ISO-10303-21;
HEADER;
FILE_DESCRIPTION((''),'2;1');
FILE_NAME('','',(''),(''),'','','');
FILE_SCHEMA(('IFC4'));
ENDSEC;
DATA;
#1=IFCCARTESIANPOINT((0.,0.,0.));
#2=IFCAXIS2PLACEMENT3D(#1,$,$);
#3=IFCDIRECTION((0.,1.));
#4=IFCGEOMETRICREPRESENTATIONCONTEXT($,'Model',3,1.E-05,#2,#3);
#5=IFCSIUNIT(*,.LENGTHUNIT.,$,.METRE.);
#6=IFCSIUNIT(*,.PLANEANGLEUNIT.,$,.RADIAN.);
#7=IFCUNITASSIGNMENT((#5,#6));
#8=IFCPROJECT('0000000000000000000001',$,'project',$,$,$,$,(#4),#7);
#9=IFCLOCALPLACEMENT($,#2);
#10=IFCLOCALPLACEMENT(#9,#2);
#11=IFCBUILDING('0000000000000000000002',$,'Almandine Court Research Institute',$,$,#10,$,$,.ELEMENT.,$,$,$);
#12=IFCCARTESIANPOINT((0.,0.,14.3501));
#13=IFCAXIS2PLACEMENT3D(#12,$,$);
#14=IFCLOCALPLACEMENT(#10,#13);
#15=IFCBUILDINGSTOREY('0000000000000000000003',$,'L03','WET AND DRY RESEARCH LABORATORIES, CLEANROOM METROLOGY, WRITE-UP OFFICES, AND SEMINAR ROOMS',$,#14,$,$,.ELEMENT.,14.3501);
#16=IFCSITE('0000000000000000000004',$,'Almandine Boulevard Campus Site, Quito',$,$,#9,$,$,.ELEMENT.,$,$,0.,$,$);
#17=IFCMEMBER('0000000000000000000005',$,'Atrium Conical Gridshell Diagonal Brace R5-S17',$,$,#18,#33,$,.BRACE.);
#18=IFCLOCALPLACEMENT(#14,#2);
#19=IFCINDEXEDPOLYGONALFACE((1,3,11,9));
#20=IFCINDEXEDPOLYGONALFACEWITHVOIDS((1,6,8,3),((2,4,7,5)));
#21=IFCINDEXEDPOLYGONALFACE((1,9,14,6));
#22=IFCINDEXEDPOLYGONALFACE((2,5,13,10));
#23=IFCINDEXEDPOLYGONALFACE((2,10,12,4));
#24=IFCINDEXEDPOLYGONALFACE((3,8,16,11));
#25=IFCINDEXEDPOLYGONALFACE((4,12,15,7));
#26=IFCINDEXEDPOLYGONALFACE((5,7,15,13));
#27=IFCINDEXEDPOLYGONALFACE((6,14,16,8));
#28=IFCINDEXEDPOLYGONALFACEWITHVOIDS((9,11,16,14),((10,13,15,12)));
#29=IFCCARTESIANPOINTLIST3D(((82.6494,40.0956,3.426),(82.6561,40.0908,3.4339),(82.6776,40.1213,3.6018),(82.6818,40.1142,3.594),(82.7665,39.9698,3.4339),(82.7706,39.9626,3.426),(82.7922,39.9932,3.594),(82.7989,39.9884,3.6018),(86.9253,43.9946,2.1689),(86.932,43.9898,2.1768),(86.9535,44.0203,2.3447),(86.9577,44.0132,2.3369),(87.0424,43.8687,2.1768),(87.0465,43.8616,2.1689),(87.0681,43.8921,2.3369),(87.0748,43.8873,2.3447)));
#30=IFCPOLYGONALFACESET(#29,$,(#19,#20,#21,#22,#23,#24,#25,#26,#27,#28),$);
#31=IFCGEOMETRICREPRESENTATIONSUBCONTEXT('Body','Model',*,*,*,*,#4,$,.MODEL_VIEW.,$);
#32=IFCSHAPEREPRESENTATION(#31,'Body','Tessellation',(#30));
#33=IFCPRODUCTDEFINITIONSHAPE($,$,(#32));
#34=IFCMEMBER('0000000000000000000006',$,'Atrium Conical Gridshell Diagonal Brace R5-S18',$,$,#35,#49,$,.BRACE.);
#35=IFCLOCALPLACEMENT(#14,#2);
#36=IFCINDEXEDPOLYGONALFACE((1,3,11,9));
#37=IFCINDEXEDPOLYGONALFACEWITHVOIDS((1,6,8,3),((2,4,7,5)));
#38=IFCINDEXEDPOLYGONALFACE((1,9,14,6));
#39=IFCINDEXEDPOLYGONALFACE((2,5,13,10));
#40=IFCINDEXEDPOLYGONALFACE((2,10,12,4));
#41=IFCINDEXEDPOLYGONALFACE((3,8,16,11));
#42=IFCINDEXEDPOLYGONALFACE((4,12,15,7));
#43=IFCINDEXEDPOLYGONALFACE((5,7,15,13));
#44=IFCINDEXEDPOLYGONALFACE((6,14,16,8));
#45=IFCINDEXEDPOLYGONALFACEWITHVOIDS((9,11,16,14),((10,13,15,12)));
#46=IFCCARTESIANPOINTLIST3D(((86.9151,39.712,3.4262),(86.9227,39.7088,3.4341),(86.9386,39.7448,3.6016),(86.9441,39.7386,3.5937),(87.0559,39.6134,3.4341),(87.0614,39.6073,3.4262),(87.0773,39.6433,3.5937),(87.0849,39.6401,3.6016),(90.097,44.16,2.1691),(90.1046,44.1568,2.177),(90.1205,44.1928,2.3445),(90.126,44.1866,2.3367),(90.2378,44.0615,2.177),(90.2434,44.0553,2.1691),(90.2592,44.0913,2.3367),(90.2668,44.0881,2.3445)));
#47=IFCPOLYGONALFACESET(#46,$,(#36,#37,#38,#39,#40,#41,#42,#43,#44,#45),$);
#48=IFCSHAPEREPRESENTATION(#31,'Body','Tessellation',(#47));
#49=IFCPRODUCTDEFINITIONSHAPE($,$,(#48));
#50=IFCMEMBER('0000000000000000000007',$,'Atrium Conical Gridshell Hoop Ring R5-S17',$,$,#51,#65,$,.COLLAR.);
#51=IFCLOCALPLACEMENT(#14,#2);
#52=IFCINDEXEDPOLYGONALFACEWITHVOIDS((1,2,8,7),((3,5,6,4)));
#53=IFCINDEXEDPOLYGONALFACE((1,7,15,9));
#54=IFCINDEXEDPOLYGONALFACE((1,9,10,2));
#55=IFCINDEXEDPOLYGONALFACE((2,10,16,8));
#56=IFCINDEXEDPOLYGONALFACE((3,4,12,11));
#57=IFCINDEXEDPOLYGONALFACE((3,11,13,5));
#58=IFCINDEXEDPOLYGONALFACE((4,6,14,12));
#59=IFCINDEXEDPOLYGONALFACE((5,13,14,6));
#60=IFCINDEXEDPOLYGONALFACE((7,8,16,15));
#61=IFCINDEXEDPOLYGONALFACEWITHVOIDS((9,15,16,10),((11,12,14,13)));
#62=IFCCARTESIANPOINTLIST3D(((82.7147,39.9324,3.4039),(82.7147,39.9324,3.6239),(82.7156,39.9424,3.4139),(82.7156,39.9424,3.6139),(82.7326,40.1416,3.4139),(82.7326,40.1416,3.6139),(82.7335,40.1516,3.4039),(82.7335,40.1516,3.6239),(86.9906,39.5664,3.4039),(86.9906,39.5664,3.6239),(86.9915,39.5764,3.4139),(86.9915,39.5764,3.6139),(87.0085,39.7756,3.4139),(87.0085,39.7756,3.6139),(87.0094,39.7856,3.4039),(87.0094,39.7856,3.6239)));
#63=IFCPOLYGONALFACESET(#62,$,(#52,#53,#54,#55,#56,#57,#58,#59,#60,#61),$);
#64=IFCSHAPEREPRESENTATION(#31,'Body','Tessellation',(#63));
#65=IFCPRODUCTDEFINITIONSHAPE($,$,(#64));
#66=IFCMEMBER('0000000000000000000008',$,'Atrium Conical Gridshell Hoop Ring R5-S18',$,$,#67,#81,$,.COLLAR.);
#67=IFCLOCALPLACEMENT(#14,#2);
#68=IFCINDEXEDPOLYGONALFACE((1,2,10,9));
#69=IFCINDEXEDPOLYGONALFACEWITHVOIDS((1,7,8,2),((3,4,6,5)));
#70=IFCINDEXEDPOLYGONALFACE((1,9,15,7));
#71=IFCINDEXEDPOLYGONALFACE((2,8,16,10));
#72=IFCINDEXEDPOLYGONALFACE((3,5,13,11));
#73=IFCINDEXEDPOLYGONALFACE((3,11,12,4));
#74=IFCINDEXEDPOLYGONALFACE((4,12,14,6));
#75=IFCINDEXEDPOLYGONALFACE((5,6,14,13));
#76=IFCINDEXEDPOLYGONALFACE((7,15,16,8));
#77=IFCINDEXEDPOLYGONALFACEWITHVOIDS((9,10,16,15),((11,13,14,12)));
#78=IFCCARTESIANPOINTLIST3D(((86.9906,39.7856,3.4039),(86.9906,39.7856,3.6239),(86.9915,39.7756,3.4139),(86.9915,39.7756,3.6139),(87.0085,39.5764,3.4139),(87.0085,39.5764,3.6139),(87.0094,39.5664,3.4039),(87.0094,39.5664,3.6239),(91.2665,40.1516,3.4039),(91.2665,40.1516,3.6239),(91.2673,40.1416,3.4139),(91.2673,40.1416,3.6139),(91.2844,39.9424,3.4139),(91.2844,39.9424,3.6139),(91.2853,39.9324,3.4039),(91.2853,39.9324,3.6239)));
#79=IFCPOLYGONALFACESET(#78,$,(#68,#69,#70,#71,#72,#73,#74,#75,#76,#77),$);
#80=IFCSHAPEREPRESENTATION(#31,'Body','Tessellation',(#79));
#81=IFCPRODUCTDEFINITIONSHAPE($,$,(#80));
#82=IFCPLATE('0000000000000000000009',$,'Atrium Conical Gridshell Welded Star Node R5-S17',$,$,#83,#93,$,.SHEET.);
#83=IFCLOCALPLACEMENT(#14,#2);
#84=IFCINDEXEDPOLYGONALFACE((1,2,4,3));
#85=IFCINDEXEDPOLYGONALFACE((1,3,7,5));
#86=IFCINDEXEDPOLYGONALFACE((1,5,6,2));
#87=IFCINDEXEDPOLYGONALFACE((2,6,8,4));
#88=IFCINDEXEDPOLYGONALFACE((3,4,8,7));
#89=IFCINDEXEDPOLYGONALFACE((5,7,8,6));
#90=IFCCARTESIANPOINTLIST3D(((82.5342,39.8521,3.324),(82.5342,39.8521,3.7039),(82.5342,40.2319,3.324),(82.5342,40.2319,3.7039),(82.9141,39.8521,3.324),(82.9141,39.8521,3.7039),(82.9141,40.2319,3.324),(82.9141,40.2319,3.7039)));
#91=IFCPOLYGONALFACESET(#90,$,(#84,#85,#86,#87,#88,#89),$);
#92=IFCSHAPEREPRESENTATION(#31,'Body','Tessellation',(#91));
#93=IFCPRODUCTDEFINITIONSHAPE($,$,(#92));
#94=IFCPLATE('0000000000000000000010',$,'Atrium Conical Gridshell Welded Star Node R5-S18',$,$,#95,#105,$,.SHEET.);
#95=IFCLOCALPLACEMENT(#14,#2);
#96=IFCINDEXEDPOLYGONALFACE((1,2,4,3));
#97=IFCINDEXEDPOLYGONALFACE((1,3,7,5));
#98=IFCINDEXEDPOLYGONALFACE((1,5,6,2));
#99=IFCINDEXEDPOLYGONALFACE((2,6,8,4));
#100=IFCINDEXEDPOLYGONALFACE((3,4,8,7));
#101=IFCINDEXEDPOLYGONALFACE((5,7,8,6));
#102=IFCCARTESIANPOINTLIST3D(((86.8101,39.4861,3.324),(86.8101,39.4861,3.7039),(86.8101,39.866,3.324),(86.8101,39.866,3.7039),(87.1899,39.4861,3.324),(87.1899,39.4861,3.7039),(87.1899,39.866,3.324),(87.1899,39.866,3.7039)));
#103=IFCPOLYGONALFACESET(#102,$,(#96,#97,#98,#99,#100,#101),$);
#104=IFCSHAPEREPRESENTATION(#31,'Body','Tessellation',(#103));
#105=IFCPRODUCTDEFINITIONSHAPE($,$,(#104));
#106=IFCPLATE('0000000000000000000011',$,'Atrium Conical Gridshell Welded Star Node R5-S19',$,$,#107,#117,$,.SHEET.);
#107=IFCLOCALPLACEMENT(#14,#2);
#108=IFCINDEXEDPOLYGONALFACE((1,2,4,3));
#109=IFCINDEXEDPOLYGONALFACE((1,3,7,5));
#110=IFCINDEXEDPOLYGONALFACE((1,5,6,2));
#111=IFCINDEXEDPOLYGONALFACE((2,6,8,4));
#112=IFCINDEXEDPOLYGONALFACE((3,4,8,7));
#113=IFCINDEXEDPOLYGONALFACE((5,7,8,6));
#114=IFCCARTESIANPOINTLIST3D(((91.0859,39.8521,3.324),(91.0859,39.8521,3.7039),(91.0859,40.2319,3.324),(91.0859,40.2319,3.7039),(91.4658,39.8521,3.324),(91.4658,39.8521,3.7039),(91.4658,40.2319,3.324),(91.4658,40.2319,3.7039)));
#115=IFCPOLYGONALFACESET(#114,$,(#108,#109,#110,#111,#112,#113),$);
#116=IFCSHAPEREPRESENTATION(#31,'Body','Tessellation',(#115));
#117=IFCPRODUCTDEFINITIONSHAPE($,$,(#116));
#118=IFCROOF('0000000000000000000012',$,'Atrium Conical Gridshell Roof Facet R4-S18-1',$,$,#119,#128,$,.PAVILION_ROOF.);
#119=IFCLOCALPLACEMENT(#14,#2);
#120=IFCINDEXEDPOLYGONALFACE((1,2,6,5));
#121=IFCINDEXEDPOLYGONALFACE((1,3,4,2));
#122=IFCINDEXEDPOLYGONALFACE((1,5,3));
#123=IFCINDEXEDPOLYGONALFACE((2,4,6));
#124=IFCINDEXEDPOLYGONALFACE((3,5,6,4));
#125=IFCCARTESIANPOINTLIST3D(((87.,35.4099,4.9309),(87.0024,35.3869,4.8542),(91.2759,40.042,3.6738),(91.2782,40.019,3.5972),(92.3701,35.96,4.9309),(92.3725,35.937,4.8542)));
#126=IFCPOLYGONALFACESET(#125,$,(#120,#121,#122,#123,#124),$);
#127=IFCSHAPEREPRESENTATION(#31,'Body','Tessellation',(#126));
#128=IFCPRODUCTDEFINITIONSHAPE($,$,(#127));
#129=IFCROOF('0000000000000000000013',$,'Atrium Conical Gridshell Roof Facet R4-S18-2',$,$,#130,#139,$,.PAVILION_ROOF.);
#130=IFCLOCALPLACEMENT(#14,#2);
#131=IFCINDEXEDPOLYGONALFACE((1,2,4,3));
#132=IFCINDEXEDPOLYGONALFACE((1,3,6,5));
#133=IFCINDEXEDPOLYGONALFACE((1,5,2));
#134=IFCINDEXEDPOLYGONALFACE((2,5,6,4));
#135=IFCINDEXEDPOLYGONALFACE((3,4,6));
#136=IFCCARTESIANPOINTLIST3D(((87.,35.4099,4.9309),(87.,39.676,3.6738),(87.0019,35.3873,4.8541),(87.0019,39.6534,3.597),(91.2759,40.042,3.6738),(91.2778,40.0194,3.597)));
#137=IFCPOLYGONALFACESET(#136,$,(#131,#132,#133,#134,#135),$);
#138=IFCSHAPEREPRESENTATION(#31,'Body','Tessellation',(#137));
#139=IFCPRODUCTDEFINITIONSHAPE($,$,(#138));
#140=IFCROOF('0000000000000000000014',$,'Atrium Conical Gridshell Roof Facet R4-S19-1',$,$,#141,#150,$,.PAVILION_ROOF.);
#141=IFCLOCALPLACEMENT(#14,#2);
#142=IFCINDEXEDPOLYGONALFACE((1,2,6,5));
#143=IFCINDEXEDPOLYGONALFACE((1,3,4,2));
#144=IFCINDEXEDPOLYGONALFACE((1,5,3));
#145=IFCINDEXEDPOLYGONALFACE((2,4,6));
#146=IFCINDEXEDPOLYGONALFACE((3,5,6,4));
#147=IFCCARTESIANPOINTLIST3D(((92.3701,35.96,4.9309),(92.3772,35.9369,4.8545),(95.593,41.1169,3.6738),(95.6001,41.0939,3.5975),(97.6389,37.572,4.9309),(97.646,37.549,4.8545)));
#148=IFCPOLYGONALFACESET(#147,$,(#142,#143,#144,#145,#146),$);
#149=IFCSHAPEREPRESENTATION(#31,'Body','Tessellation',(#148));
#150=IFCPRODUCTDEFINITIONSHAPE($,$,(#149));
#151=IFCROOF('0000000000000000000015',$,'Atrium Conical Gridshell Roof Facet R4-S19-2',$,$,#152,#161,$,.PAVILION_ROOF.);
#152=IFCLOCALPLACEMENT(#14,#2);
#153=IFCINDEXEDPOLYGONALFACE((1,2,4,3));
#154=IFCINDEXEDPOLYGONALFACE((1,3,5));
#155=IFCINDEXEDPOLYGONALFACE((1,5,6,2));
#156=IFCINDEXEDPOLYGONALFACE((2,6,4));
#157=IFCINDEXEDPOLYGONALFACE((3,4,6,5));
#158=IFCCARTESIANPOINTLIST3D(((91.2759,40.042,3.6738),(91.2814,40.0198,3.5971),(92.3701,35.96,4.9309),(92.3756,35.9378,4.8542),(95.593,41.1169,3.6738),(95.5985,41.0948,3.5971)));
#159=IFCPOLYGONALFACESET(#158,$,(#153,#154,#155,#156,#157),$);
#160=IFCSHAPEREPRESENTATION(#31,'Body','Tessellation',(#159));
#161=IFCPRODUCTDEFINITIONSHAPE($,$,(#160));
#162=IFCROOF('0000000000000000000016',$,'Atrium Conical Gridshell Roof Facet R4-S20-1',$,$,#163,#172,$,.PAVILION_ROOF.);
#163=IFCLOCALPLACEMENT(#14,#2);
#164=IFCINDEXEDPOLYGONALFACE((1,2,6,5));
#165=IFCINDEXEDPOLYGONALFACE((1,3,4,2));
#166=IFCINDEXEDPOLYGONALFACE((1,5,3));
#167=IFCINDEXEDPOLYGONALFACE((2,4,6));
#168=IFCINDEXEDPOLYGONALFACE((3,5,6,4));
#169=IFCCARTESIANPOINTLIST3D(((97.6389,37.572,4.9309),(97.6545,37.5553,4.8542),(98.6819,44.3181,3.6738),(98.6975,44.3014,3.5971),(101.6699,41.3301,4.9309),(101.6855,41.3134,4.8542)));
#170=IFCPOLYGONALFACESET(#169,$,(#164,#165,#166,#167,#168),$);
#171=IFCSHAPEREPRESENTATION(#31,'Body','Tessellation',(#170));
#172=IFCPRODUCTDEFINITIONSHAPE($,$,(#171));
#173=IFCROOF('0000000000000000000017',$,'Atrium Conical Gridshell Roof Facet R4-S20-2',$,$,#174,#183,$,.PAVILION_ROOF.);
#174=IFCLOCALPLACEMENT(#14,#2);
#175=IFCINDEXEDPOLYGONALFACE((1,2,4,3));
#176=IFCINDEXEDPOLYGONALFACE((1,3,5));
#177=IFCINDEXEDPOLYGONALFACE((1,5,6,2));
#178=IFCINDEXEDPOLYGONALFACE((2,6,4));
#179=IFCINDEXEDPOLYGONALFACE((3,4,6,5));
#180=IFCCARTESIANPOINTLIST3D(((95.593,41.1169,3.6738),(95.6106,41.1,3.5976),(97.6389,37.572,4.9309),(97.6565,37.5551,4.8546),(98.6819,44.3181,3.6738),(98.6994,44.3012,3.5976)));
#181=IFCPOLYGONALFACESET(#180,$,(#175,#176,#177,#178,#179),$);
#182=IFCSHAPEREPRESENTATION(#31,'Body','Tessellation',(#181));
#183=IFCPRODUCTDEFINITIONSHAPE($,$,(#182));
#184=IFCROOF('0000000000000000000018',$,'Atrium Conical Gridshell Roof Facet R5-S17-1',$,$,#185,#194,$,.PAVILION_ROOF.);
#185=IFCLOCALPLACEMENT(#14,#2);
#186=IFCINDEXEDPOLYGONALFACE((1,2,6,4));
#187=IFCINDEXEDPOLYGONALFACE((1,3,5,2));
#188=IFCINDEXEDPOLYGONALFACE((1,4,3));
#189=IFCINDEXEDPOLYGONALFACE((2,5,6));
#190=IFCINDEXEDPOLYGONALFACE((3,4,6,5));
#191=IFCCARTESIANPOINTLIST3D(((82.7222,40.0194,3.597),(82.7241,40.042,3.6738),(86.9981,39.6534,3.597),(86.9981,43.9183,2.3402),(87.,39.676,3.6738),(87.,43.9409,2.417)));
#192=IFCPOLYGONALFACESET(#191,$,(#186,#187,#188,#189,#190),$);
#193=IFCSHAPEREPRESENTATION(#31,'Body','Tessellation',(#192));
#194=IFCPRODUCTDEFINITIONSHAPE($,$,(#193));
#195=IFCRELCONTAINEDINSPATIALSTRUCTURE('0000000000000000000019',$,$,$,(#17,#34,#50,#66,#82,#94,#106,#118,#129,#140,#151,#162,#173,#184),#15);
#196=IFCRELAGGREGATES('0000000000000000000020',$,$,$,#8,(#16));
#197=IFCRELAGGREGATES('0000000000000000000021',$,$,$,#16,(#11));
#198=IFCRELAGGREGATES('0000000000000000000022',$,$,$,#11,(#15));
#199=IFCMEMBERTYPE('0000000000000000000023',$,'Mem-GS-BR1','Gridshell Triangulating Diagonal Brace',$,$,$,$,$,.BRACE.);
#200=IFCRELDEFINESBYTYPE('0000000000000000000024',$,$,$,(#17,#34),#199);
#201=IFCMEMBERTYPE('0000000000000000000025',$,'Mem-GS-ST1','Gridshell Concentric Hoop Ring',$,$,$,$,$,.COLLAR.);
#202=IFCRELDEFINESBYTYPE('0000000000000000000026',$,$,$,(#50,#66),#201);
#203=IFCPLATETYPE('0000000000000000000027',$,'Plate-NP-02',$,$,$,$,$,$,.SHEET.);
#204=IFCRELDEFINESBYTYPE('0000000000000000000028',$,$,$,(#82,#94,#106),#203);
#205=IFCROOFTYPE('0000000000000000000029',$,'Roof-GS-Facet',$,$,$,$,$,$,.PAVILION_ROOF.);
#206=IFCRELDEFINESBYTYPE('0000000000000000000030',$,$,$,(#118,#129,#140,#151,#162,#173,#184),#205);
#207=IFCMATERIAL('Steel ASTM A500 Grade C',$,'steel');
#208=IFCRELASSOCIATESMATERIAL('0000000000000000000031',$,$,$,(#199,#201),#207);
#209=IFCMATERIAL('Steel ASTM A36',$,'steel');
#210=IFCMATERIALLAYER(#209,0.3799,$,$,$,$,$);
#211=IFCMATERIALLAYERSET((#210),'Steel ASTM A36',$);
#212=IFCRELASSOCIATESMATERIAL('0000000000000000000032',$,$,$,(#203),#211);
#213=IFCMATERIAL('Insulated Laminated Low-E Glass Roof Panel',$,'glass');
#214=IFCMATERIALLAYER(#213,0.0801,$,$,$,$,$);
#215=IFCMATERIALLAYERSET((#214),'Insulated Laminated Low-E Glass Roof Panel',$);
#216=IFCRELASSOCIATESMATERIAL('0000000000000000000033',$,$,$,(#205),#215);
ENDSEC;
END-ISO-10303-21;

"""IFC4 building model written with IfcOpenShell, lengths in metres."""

from ifc_helpers import new_model, si_unit, direction, frame, origin, origin_2d, place, context, subcontext, project, spatial, polyline, rectangle, hollow_rectangle, outline, extrude, material, layer, layer_set, material_profile, profile_set, type_object, element, save


model = new_model("IFC4")

# Units and contexts
model_context = context("Model", 3, precision=1e-05, world=origin(), true_north=direction((0.0, 1.0)))
body_context = subcontext(model_context, "Body", "Model", "MODEL_VIEW")
ifc_project = project(units=[si_unit("LENGTHUNIT", "METRE"), si_unit("PLANEANGLEUNIT", "RADIAN")], contexts=[model_context])

# Site, building, storey
site_placement = place(None, origin())
site = spatial("IfcSite", under=ifc_project, at=site_placement, Name="Almandine Boulevard Campus Site, Quito", CompositionType="ELEMENT", RefElevation=0.0)
building_placement = place(site_placement, origin())
building = spatial("IfcBuilding", under=site, at=building_placement, Name="Almandine Court Research Institute", CompositionType="ELEMENT")
storey_placement = place(building_placement, frame((0.0, 0.0, 14.3501)))
storey = spatial("IfcBuildingStorey", under=building, at=storey_placement, Name="L03", Description="WET AND DRY RESEARCH LABORATORIES, CLEANROOM METROLOGY, WRITE-UP OFFICES, AND SEMINAR ROOMS", CompositionType="ELEMENT", Elevation=14.3501)

# Members
ifc_material_1 = material(Name="Steel ASTM A500 Grade C", Category="steel")
ifc_material_profile_1 = material_profile(ifc_material_1, hollow_rectangle(XDim=0.1799, YDim=0.1799, WallThickness=0.0081, at=origin_2d()), Name="HSS 180x180x8")
ifc_profile_set_1 = profile_set([ifc_material_profile_1], Name="Steel ASTM A500 Grade C")
member_type_1 = type_object("IfcMemberType", Name="Mem-GS-BR1", Description="Gridshell Triangulating Diagonal Brace", PredefinedType="BRACE", material=ifc_profile_set_1)
member_1_placement = place(storey_placement, frame((82.7241, 40.042, 3.5139), z_axis=(0.722085, 0.658428, -0.212288), x_axis=(-0.673785, 0.738927, 0.0)))
element("IfcMember", 1, at=member_1_placement, inside=storey, type_object=member_type_1, Name="Atrium Conical Gridshell Diagonal Brace R5-S17", PredefinedType="BRACE", context=body_context, shape_type="SweptSolid", body=[
    extrude(hollow_rectangle(XDim=0.1799, YDim=0.1799, WallThickness=0.0081, at=origin_2d()), origin(), (0.0, 0.0, 1.0), 5.9216),
])
member_2_placement = place(storey_placement, frame((87.0, 39.676, 3.5139), z_axis=(0.567026, 0.792653, -0.224017), x_axis=(-0.813323, 0.581812, 0.0)))
element("IfcMember", 2, at=member_2_placement, inside=storey, type_object=member_type_1, Name="Atrium Conical Gridshell Diagonal Brace R5-S18", PredefinedType="BRACE", context=body_context, shape_type="SweptSolid", body=[
    extrude(hollow_rectangle(XDim=0.1799, YDim=0.1799, WallThickness=0.0081, at=origin_2d()), origin(), (0.0, 0.0, 1.0), 5.6116),
])
ifc_material_profile_2 = material_profile(ifc_material_1, hollow_rectangle(XDim=0.22, YDim=0.22, WallThickness=0.01, at=origin_2d()), Name="HSS 220x220x10")
ifc_profile_set_2 = profile_set([ifc_material_profile_2], Name="Steel ASTM A500 Grade C")
member_type_2 = type_object("IfcMemberType", Name="Mem-GS-ST1", Description="Gridshell Concentric Hoop Ring", PredefinedType="COLLAR", material=ifc_profile_set_2)
for number, where, z_axis, x_axis, name in (
    (3, (82.7241, 40.042, 3.5139), (0.996357, -0.085277, 0.0), (0.085277, 0.996357, 0.0), "Atrium Conical Gridshell Hoop Ring R5-S17"),
    (4, (87.0, 39.676, 3.5139), (0.996357, 0.085277, 0.0), (-0.085277, 0.996357, 0.0), "Atrium Conical Gridshell Hoop Ring R5-S18"),
):
    element("IfcMember", number, at=place(storey_placement, frame(where, z_axis=z_axis, x_axis=x_axis)), inside=storey, type_object=member_type_2, Name=name, PredefinedType="COLLAR", context=body_context, shape_type="SweptSolid", body=[
        extrude(hollow_rectangle(XDim=0.22, YDim=0.22, WallThickness=0.01, at=origin_2d()), origin(), (0.0, 0.0, 1.0), 4.2915),
    ])

# Plates
ifc_material_2 = material(Name="Steel ASTM A36", Category="steel")
ifc_layer_1 = layer(ifc_material_2, 0.3799)
ifc_layer_set_1 = layer_set([ifc_layer_1], Name="Steel ASTM A36")
plate_type = type_object("IfcPlateType", Name="Plate-NP-02", PredefinedType="SHEET", material=ifc_layer_set_1)
for number, where, z_axis, x_axis, name in (
    (5, (82.7241, 40.042, 3.324), (0.0, 0.0, 1.0), (1.0, 0.0, 0.0), "Atrium Conical Gridshell Welded Star Node R5-S17"),
    (6, (87.0, 39.676, 3.324), (0.0, 0.0, 1.0), (1.0, 0.0, 0.0), "Atrium Conical Gridshell Welded Star Node R5-S18"),
    (7, (91.2759, 40.042, 3.324), (0.0, 0.0, 1.0), (1.0, 0.0, 0.0), "Atrium Conical Gridshell Welded Star Node R5-S19"),
):
    element("IfcPlate", number, at=place(storey_placement, frame(where, z_axis=z_axis, x_axis=x_axis)), inside=storey, type_object=plate_type, Name=name, PredefinedType="SHEET", context=body_context, shape_type="SweptSolid", body=[
        extrude(rectangle(XDim=0.3799, YDim=0.3799, at=origin_2d()), origin(), (0.0, 0.0, 1.0), 0.3799),
    ])

# Roofs
ifc_material_3 = material(Name="Insulated Laminated Low-E Glass Roof Panel", Category="glass")
ifc_layer_2 = layer(ifc_material_3, 0.0801)
ifc_layer_set_2 = layer_set([ifc_layer_2], Name="Insulated Laminated Low-E Glass Roof Panel")
roof_type = type_object("IfcRoofType", Name="Roof-GS-Facet", PredefinedType="PAVILION_ROOF", material=ifc_layer_set_2)
roof_1_placement = place(storey_placement, frame((87.0, 35.4099, 4.9309), z_axis=(-0.029395, 0.286982, 0.957485), x_axis=(0.994795, 0.101895, 0.0)))
element("IfcRoof", 8, at=roof_1_placement, inside=storey, type_object=roof_type, Name="Atrium Conical Gridshell Roof Facet R4-S18-1", PredefinedType="PAVILION_ROOF", context=body_context, shape_type="SweptSolid", body=[
    extrude(outline(polyline([(0.0, 0.0), (5.3982, 0.0), (4.7256, 4.3575), (0.0, 0.0)])), origin(), (0.0, 0.0, -1.0), 0.0801),
])
roof_2_placement = place(storey_placement, frame((87.0, 35.4099, 4.9309), z_axis=(-0.024185, 0.282568, 0.958942), x_axis=(0.665193, 0.720607, -0.195562)))
element("IfcRoof", 9, at=roof_2_placement, inside=storey, type_object=roof_type, Name="Atrium Conical Gridshell Roof Facet R4-S18-2", PredefinedType="PAVILION_ROOF", context=body_context, shape_type="SweptSolid", body=[
    extrude(outline(polyline([(0.0, 0.0), (6.428, 0.0), (3.32, 2.9593), (0.0, 0.0)])), origin(), (0.0, 0.0, -1.0), 0.0801),
])
roof_3_placement = place(storey_placement, frame((92.3701, 35.96, 4.9309), z_axis=(-0.08795, 0.287454, 0.953748), x_axis=(0.956242, 0.292575, 0.0)))
element("IfcRoof", 10, at=roof_3_placement, inside=storey, type_object=roof_type, Name="Atrium Conical Gridshell Roof Facet R4-S19-1", PredefinedType="PAVILION_ROOF", context=body_context, shape_type="SweptSolid", body=[
    extrude(outline(polyline([(0.0, 0.0), (5.5099, 0.0), (4.5907, 4.1818), (0.0, 0.0)])), origin(), (0.0, 0.0, -1.0), 0.0801),
])
roof_4_placement = place(storey_placement, frame((92.3701, 35.96, 4.9309), z_axis=(-0.068897, 0.2767, 0.958483), x_axis=(0.519001, 0.830457, -0.202434)))
element("IfcRoof", 11, at=roof_4_placement, inside=storey, type_object=roof_type, Name="Atrium Conical Gridshell Roof Facet R4-S19-2", PredefinedType="PAVILION_ROOF", context=body_context, shape_type="SweptSolid", body=[
    extrude(outline(polyline([(0.0, 0.0), (6.2098, 0.0), (3.0765, 3.1584), (0.0, 0.0)])), origin(), (0.0, 0.0, -1.0), 0.0801),
])
roof_5_placement = place(storey_placement, frame((97.6389, 37.572, 4.9309), z_axis=(-0.194545, 0.208675, 0.95844), x_axis=(0.731437, 0.681909, 0.0)))
element("IfcRoof", 12, at=roof_5_placement, inside=storey, type_object=roof_type, Name="Atrium Conical Gridshell Roof Facet R4-S20-1", PredefinedType="PAVILION_ROOF", context=body_context, shape_type="SweptSolid", body=[
    extrude(outline(polyline([(0.0, 0.0), (5.5111, 0.0), (5.3631, 4.4063), (0.0, 0.0)])), origin(), (0.0, 0.0, -1.0), 0.0801),
])
roof_6_placement = place(storey_placement, frame((97.6389, 37.572, 4.9309), z_axis=(-0.21905, 0.211365, 0.952545), x_axis=(0.150262, 0.971916, -0.181109)))
element("IfcRoof", 13, at=roof_6_placement, inside=storey, type_object=roof_type, Name="Atrium Conical Gridshell Roof Facet R4-S20-2", PredefinedType="PAVILION_ROOF", context=body_context, shape_type="SweptSolid", body=[
    extrude(outline(polyline([(0.0, 0.0), (6.941, 0.0), (3.3656, 2.6467), (0.0, 0.0)])), origin(), (0.0, 0.0, -1.0), 0.0801),
])
roof_7_placement = place(storey_placement, frame((82.7241, 40.042, 3.6738), z_axis=(0.024187, 0.282592, 0.958935), x_axis=(0.996357, -0.085277, 0.0)))
element("IfcRoof", 14, at=roof_7_placement, inside=storey, type_object=roof_type, Name="Atrium Conical Gridshell Roof Facet R5-S17-1", PredefinedType="PAVILION_ROOF", context=body_context, shape_type="SweptSolid", body=[
    extrude(outline(polyline([(0.0, 0.0), (4.2915, 0.0), (3.9278, 4.4313), (0.0, 0.0)])), origin(), (0.0, 0.0, -1.0), 0.0801),
])

save(model, "model.ifc")
